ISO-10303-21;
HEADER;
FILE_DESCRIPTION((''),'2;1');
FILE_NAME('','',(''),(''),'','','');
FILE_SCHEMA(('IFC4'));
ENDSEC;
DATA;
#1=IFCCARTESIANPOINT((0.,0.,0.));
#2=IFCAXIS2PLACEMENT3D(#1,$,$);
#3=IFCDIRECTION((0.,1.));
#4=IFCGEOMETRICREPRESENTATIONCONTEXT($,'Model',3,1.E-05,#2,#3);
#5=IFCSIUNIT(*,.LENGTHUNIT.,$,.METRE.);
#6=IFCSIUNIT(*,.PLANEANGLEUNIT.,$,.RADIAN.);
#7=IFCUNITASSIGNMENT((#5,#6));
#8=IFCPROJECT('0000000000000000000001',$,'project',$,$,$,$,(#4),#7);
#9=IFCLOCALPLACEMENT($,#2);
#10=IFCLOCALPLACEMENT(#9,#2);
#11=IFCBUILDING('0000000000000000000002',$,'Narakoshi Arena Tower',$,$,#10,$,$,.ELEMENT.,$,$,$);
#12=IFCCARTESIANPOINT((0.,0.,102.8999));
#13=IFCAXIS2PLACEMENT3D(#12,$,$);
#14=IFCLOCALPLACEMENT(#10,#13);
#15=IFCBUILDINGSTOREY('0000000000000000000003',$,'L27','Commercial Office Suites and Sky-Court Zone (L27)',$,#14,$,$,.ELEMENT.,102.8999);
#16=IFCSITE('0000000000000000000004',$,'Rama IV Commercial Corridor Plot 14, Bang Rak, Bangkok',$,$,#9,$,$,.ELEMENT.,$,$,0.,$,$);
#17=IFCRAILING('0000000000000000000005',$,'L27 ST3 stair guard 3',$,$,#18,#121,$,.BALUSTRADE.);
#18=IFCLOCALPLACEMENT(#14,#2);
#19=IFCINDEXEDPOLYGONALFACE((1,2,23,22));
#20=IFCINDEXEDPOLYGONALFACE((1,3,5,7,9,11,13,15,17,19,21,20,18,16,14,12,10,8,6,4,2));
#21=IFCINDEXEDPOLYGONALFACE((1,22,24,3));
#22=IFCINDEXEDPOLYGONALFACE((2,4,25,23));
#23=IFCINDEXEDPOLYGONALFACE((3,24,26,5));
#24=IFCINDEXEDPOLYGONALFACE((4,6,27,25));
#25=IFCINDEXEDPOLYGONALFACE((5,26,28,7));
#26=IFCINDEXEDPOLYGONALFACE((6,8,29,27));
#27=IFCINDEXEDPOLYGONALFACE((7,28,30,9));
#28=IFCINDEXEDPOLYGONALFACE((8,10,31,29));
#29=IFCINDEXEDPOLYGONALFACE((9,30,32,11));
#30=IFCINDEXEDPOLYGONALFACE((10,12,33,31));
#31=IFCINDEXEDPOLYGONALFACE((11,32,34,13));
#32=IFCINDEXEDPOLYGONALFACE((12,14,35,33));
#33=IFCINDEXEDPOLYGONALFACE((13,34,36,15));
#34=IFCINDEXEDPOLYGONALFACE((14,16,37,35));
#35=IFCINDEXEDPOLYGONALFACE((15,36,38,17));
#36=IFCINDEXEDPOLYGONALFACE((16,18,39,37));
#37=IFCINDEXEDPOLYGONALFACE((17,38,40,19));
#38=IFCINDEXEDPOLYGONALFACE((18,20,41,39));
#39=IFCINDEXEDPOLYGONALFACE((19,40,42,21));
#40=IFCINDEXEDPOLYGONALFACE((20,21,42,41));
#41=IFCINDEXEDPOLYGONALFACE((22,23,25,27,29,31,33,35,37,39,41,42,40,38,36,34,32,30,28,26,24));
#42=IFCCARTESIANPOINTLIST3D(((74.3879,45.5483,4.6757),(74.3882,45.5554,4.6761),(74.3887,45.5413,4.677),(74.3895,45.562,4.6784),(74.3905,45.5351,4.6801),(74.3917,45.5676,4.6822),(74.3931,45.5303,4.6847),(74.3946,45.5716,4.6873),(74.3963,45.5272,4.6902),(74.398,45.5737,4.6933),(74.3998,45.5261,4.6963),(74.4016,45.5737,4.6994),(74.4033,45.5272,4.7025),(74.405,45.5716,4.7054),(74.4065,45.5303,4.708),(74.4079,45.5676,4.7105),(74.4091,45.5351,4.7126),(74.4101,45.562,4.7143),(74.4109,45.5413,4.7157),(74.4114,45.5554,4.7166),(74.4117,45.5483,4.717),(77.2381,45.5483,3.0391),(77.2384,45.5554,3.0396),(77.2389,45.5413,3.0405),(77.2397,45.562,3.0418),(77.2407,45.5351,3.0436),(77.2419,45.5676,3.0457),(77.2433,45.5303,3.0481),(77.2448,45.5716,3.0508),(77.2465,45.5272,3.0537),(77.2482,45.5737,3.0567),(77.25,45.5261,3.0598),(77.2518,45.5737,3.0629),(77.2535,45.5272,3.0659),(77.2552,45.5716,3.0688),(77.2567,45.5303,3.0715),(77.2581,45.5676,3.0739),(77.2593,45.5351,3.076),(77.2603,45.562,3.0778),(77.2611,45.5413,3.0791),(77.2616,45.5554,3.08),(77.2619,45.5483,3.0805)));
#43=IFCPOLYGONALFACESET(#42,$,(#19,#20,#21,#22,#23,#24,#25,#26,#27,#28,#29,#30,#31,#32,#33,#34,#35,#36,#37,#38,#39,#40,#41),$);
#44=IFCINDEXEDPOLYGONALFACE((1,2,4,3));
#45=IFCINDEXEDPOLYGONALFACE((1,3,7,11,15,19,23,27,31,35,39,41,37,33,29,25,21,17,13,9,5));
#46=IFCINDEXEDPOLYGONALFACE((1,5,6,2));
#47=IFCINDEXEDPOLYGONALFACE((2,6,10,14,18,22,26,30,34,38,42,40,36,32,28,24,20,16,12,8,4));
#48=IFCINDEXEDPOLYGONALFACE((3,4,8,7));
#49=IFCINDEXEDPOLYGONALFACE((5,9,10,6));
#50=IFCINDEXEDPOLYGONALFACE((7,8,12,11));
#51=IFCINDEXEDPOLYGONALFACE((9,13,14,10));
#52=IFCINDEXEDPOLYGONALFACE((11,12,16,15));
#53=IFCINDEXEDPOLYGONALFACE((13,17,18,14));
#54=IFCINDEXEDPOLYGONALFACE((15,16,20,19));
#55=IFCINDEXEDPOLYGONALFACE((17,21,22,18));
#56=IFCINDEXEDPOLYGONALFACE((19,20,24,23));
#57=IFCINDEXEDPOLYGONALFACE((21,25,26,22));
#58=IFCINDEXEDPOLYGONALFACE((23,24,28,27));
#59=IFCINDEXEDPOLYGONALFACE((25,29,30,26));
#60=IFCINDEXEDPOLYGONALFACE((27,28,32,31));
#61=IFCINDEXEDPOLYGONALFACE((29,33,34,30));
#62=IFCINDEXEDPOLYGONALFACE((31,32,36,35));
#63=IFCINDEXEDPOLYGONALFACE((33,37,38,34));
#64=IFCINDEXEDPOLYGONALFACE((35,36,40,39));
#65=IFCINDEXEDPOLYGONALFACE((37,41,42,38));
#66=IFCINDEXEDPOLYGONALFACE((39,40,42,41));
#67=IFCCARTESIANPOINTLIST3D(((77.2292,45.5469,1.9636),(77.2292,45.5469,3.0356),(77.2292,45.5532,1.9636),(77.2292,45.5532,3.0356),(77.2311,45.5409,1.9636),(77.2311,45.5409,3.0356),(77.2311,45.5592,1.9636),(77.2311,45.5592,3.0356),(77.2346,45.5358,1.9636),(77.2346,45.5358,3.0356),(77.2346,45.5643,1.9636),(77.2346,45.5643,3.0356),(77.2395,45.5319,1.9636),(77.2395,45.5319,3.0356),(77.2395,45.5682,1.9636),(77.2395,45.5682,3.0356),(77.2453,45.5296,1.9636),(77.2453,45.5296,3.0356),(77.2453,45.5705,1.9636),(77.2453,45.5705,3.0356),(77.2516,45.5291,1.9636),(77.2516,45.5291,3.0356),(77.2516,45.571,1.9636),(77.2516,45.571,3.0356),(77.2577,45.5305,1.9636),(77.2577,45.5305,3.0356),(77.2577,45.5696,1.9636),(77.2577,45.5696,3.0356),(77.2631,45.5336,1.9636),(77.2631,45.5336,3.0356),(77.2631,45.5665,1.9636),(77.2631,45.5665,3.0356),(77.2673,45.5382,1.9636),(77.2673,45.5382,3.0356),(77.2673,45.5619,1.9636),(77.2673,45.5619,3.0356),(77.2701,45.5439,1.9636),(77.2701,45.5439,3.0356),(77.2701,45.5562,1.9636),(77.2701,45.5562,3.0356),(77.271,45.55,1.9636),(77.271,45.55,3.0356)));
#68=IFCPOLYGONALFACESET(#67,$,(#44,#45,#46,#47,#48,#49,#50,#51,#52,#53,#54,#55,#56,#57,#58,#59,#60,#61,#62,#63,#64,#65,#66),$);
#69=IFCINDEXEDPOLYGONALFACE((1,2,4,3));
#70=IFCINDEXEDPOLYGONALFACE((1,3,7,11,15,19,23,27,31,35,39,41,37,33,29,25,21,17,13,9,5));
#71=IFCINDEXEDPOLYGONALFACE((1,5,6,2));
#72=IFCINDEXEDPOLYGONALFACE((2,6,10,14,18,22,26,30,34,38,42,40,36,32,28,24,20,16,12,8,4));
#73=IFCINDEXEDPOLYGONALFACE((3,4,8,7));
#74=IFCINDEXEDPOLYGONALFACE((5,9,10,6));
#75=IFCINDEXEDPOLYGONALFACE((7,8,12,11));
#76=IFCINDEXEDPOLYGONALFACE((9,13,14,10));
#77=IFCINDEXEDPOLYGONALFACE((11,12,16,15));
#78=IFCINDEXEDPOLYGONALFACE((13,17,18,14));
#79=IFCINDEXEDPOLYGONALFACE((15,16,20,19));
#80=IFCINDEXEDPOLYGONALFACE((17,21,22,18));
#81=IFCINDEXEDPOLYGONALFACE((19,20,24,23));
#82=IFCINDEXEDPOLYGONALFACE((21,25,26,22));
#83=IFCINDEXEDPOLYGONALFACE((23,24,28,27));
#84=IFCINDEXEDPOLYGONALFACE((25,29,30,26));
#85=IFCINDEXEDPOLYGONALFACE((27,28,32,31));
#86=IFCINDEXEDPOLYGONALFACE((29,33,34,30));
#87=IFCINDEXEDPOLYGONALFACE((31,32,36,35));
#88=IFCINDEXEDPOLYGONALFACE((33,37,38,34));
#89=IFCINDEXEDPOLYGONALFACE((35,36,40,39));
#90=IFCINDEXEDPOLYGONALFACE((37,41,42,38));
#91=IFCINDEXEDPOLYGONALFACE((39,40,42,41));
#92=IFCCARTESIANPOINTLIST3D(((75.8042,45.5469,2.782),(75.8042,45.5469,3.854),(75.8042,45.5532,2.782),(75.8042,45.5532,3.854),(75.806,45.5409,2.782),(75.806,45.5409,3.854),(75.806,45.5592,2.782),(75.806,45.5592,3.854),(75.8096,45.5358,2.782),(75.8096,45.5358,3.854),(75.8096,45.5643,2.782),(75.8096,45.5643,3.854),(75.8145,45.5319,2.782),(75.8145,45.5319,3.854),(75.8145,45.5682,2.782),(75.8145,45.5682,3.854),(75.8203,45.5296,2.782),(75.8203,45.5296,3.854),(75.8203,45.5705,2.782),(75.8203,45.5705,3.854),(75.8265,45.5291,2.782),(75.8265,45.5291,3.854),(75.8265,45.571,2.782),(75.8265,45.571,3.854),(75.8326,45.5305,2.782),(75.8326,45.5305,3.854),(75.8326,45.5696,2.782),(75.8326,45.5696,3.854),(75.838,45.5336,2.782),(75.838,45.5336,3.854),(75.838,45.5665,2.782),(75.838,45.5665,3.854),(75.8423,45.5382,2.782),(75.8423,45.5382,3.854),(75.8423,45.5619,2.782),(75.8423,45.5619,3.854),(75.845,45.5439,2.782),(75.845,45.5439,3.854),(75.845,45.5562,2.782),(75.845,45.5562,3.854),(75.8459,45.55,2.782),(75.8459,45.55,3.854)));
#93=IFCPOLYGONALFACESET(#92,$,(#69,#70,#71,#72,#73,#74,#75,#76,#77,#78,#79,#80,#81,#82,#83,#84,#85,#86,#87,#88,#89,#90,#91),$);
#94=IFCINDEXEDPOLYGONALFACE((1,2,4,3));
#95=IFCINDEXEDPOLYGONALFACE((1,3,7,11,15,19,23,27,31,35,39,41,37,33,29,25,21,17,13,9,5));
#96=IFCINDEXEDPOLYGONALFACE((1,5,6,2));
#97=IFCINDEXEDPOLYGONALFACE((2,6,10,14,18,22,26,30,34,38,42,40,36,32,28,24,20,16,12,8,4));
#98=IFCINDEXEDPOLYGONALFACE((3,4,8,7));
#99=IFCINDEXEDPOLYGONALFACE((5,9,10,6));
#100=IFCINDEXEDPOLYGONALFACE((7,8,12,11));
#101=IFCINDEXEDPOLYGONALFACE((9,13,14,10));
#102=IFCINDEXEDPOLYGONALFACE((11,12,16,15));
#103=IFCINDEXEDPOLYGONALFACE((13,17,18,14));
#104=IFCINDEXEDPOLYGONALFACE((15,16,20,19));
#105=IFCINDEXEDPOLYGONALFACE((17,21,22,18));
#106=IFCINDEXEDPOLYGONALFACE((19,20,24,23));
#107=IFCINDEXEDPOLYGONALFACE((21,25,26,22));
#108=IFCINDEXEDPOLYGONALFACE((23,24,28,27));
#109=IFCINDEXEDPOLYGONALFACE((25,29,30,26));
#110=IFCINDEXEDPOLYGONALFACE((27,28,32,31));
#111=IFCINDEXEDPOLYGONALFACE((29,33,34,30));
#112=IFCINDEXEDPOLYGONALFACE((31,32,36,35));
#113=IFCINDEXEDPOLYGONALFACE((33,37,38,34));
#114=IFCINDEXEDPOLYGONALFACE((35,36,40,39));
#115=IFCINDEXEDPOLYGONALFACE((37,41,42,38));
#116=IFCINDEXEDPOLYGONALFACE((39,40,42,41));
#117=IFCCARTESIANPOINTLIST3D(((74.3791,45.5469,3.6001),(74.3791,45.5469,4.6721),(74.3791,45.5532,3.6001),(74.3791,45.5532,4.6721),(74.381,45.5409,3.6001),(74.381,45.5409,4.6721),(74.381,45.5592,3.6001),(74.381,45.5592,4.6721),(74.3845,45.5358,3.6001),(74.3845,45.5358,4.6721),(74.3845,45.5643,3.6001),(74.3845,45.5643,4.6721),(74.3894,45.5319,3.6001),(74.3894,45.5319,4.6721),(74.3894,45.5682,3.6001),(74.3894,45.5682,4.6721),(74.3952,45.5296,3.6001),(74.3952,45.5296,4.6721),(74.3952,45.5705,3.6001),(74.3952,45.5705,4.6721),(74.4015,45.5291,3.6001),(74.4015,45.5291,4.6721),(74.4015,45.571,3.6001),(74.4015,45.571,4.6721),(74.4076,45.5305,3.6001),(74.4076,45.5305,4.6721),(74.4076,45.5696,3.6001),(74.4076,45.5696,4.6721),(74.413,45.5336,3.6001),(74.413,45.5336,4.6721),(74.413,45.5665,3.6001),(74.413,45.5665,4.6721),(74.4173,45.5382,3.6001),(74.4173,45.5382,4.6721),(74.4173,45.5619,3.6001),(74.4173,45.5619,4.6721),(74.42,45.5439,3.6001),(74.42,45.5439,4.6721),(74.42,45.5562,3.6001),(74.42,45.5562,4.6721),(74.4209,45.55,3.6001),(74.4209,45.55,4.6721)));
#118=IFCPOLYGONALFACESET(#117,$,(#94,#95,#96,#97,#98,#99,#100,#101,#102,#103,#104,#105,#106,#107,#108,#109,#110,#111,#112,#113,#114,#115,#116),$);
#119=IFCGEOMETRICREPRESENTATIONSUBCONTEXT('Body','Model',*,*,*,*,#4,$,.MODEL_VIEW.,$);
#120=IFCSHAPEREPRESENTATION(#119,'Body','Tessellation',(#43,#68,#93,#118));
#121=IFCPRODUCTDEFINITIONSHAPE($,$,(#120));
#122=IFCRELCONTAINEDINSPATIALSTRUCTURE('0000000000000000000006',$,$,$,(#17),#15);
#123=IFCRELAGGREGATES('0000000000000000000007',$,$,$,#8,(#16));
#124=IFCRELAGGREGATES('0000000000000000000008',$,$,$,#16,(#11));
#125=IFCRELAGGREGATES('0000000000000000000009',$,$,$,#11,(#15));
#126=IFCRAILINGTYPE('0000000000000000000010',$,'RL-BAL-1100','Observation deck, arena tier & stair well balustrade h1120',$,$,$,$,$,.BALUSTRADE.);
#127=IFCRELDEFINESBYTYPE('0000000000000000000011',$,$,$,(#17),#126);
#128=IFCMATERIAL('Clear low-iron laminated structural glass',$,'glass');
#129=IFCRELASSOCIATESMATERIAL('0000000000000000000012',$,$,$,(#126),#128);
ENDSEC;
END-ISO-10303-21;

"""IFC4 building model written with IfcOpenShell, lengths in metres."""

from ifc_helpers import new_model, si_unit, direction, frame, origin, origin_2d, place, context, subcontext, project, spatial, circle, extrude, material, type_object, element, save


model = new_model("IFC4")

# Units and contexts
model_context = context("Model", 3, precision=1e-05, world=origin(), true_north=direction((0.0, 1.0)))
body_context = subcontext(model_context, "Body", "Model", "MODEL_VIEW")
ifc_project = project(units=[si_unit("LENGTHUNIT", "METRE"), si_unit("PLANEANGLEUNIT", "RADIAN")], contexts=[model_context])

# Site, building, storey
site_placement = place(None, origin())
site = spatial("IfcSite", under=ifc_project, at=site_placement, Name="Rama IV Commercial Corridor Plot 14, Bang Rak, Bangkok", CompositionType="ELEMENT", RefElevation=0.0)
building_placement = place(site_placement, origin())
building = spatial("IfcBuilding", under=site, at=building_placement, Name="Narakoshi Arena Tower", CompositionType="ELEMENT")
storey_placement = place(building_placement, frame((0.0, 0.0, 102.8999)))
storey = spatial("IfcBuildingStorey", under=building, at=storey_placement, Name="L27", Description="Commercial Office Suites and Sky-Court Zone (L27)", CompositionType="ELEMENT", Elevation=102.8999)

# Railing
ifc_material_1 = material(Name="Clear low-iron laminated structural glass", Category="glass")
railing_type_1 = type_object("IfcRailingType", Name="RL-BAL-1100", Description="Observation deck, arena tier & stair well balustrade h1120", PredefinedType="BALUSTRADE", material=ifc_material_1)
railing_1_placement = place(storey_placement, frame((77.25, 45.55, 1.9636)))
element("IfcRailing", 1, at=railing_1_placement, inside=storey, type_object=railing_type_1, Name="L27 ST3 stair guard 3", PredefinedType="BALUSTRADE", context=body_context, shape_type="SweptSolid", body=[
    extrude(circle(Radius=0.0239, at=origin_2d()), frame((0.0, 0.0, 1.0962), z_axis=(-0.867213, 0.0, 0.497938), x_axis=(0.0, -1.0, 0.0)), (0.0, 0.0, 1.0), 3.2866),
    extrude(circle(Radius=0.021, at=origin_2d()), origin(), (0.0, 0.0, 1.0), 1.072),
    extrude(circle(Radius=0.021, at=origin_2d()), frame((-1.425, 0.0, 0.8184)), (0.0, 0.0, 1.0), 1.072),
    extrude(circle(Radius=0.021, at=origin_2d()), frame((-2.8501, 0.0, 1.6365)), (0.0, 0.0, 1.0), 1.072),
])

save(model, "model.ifc")
